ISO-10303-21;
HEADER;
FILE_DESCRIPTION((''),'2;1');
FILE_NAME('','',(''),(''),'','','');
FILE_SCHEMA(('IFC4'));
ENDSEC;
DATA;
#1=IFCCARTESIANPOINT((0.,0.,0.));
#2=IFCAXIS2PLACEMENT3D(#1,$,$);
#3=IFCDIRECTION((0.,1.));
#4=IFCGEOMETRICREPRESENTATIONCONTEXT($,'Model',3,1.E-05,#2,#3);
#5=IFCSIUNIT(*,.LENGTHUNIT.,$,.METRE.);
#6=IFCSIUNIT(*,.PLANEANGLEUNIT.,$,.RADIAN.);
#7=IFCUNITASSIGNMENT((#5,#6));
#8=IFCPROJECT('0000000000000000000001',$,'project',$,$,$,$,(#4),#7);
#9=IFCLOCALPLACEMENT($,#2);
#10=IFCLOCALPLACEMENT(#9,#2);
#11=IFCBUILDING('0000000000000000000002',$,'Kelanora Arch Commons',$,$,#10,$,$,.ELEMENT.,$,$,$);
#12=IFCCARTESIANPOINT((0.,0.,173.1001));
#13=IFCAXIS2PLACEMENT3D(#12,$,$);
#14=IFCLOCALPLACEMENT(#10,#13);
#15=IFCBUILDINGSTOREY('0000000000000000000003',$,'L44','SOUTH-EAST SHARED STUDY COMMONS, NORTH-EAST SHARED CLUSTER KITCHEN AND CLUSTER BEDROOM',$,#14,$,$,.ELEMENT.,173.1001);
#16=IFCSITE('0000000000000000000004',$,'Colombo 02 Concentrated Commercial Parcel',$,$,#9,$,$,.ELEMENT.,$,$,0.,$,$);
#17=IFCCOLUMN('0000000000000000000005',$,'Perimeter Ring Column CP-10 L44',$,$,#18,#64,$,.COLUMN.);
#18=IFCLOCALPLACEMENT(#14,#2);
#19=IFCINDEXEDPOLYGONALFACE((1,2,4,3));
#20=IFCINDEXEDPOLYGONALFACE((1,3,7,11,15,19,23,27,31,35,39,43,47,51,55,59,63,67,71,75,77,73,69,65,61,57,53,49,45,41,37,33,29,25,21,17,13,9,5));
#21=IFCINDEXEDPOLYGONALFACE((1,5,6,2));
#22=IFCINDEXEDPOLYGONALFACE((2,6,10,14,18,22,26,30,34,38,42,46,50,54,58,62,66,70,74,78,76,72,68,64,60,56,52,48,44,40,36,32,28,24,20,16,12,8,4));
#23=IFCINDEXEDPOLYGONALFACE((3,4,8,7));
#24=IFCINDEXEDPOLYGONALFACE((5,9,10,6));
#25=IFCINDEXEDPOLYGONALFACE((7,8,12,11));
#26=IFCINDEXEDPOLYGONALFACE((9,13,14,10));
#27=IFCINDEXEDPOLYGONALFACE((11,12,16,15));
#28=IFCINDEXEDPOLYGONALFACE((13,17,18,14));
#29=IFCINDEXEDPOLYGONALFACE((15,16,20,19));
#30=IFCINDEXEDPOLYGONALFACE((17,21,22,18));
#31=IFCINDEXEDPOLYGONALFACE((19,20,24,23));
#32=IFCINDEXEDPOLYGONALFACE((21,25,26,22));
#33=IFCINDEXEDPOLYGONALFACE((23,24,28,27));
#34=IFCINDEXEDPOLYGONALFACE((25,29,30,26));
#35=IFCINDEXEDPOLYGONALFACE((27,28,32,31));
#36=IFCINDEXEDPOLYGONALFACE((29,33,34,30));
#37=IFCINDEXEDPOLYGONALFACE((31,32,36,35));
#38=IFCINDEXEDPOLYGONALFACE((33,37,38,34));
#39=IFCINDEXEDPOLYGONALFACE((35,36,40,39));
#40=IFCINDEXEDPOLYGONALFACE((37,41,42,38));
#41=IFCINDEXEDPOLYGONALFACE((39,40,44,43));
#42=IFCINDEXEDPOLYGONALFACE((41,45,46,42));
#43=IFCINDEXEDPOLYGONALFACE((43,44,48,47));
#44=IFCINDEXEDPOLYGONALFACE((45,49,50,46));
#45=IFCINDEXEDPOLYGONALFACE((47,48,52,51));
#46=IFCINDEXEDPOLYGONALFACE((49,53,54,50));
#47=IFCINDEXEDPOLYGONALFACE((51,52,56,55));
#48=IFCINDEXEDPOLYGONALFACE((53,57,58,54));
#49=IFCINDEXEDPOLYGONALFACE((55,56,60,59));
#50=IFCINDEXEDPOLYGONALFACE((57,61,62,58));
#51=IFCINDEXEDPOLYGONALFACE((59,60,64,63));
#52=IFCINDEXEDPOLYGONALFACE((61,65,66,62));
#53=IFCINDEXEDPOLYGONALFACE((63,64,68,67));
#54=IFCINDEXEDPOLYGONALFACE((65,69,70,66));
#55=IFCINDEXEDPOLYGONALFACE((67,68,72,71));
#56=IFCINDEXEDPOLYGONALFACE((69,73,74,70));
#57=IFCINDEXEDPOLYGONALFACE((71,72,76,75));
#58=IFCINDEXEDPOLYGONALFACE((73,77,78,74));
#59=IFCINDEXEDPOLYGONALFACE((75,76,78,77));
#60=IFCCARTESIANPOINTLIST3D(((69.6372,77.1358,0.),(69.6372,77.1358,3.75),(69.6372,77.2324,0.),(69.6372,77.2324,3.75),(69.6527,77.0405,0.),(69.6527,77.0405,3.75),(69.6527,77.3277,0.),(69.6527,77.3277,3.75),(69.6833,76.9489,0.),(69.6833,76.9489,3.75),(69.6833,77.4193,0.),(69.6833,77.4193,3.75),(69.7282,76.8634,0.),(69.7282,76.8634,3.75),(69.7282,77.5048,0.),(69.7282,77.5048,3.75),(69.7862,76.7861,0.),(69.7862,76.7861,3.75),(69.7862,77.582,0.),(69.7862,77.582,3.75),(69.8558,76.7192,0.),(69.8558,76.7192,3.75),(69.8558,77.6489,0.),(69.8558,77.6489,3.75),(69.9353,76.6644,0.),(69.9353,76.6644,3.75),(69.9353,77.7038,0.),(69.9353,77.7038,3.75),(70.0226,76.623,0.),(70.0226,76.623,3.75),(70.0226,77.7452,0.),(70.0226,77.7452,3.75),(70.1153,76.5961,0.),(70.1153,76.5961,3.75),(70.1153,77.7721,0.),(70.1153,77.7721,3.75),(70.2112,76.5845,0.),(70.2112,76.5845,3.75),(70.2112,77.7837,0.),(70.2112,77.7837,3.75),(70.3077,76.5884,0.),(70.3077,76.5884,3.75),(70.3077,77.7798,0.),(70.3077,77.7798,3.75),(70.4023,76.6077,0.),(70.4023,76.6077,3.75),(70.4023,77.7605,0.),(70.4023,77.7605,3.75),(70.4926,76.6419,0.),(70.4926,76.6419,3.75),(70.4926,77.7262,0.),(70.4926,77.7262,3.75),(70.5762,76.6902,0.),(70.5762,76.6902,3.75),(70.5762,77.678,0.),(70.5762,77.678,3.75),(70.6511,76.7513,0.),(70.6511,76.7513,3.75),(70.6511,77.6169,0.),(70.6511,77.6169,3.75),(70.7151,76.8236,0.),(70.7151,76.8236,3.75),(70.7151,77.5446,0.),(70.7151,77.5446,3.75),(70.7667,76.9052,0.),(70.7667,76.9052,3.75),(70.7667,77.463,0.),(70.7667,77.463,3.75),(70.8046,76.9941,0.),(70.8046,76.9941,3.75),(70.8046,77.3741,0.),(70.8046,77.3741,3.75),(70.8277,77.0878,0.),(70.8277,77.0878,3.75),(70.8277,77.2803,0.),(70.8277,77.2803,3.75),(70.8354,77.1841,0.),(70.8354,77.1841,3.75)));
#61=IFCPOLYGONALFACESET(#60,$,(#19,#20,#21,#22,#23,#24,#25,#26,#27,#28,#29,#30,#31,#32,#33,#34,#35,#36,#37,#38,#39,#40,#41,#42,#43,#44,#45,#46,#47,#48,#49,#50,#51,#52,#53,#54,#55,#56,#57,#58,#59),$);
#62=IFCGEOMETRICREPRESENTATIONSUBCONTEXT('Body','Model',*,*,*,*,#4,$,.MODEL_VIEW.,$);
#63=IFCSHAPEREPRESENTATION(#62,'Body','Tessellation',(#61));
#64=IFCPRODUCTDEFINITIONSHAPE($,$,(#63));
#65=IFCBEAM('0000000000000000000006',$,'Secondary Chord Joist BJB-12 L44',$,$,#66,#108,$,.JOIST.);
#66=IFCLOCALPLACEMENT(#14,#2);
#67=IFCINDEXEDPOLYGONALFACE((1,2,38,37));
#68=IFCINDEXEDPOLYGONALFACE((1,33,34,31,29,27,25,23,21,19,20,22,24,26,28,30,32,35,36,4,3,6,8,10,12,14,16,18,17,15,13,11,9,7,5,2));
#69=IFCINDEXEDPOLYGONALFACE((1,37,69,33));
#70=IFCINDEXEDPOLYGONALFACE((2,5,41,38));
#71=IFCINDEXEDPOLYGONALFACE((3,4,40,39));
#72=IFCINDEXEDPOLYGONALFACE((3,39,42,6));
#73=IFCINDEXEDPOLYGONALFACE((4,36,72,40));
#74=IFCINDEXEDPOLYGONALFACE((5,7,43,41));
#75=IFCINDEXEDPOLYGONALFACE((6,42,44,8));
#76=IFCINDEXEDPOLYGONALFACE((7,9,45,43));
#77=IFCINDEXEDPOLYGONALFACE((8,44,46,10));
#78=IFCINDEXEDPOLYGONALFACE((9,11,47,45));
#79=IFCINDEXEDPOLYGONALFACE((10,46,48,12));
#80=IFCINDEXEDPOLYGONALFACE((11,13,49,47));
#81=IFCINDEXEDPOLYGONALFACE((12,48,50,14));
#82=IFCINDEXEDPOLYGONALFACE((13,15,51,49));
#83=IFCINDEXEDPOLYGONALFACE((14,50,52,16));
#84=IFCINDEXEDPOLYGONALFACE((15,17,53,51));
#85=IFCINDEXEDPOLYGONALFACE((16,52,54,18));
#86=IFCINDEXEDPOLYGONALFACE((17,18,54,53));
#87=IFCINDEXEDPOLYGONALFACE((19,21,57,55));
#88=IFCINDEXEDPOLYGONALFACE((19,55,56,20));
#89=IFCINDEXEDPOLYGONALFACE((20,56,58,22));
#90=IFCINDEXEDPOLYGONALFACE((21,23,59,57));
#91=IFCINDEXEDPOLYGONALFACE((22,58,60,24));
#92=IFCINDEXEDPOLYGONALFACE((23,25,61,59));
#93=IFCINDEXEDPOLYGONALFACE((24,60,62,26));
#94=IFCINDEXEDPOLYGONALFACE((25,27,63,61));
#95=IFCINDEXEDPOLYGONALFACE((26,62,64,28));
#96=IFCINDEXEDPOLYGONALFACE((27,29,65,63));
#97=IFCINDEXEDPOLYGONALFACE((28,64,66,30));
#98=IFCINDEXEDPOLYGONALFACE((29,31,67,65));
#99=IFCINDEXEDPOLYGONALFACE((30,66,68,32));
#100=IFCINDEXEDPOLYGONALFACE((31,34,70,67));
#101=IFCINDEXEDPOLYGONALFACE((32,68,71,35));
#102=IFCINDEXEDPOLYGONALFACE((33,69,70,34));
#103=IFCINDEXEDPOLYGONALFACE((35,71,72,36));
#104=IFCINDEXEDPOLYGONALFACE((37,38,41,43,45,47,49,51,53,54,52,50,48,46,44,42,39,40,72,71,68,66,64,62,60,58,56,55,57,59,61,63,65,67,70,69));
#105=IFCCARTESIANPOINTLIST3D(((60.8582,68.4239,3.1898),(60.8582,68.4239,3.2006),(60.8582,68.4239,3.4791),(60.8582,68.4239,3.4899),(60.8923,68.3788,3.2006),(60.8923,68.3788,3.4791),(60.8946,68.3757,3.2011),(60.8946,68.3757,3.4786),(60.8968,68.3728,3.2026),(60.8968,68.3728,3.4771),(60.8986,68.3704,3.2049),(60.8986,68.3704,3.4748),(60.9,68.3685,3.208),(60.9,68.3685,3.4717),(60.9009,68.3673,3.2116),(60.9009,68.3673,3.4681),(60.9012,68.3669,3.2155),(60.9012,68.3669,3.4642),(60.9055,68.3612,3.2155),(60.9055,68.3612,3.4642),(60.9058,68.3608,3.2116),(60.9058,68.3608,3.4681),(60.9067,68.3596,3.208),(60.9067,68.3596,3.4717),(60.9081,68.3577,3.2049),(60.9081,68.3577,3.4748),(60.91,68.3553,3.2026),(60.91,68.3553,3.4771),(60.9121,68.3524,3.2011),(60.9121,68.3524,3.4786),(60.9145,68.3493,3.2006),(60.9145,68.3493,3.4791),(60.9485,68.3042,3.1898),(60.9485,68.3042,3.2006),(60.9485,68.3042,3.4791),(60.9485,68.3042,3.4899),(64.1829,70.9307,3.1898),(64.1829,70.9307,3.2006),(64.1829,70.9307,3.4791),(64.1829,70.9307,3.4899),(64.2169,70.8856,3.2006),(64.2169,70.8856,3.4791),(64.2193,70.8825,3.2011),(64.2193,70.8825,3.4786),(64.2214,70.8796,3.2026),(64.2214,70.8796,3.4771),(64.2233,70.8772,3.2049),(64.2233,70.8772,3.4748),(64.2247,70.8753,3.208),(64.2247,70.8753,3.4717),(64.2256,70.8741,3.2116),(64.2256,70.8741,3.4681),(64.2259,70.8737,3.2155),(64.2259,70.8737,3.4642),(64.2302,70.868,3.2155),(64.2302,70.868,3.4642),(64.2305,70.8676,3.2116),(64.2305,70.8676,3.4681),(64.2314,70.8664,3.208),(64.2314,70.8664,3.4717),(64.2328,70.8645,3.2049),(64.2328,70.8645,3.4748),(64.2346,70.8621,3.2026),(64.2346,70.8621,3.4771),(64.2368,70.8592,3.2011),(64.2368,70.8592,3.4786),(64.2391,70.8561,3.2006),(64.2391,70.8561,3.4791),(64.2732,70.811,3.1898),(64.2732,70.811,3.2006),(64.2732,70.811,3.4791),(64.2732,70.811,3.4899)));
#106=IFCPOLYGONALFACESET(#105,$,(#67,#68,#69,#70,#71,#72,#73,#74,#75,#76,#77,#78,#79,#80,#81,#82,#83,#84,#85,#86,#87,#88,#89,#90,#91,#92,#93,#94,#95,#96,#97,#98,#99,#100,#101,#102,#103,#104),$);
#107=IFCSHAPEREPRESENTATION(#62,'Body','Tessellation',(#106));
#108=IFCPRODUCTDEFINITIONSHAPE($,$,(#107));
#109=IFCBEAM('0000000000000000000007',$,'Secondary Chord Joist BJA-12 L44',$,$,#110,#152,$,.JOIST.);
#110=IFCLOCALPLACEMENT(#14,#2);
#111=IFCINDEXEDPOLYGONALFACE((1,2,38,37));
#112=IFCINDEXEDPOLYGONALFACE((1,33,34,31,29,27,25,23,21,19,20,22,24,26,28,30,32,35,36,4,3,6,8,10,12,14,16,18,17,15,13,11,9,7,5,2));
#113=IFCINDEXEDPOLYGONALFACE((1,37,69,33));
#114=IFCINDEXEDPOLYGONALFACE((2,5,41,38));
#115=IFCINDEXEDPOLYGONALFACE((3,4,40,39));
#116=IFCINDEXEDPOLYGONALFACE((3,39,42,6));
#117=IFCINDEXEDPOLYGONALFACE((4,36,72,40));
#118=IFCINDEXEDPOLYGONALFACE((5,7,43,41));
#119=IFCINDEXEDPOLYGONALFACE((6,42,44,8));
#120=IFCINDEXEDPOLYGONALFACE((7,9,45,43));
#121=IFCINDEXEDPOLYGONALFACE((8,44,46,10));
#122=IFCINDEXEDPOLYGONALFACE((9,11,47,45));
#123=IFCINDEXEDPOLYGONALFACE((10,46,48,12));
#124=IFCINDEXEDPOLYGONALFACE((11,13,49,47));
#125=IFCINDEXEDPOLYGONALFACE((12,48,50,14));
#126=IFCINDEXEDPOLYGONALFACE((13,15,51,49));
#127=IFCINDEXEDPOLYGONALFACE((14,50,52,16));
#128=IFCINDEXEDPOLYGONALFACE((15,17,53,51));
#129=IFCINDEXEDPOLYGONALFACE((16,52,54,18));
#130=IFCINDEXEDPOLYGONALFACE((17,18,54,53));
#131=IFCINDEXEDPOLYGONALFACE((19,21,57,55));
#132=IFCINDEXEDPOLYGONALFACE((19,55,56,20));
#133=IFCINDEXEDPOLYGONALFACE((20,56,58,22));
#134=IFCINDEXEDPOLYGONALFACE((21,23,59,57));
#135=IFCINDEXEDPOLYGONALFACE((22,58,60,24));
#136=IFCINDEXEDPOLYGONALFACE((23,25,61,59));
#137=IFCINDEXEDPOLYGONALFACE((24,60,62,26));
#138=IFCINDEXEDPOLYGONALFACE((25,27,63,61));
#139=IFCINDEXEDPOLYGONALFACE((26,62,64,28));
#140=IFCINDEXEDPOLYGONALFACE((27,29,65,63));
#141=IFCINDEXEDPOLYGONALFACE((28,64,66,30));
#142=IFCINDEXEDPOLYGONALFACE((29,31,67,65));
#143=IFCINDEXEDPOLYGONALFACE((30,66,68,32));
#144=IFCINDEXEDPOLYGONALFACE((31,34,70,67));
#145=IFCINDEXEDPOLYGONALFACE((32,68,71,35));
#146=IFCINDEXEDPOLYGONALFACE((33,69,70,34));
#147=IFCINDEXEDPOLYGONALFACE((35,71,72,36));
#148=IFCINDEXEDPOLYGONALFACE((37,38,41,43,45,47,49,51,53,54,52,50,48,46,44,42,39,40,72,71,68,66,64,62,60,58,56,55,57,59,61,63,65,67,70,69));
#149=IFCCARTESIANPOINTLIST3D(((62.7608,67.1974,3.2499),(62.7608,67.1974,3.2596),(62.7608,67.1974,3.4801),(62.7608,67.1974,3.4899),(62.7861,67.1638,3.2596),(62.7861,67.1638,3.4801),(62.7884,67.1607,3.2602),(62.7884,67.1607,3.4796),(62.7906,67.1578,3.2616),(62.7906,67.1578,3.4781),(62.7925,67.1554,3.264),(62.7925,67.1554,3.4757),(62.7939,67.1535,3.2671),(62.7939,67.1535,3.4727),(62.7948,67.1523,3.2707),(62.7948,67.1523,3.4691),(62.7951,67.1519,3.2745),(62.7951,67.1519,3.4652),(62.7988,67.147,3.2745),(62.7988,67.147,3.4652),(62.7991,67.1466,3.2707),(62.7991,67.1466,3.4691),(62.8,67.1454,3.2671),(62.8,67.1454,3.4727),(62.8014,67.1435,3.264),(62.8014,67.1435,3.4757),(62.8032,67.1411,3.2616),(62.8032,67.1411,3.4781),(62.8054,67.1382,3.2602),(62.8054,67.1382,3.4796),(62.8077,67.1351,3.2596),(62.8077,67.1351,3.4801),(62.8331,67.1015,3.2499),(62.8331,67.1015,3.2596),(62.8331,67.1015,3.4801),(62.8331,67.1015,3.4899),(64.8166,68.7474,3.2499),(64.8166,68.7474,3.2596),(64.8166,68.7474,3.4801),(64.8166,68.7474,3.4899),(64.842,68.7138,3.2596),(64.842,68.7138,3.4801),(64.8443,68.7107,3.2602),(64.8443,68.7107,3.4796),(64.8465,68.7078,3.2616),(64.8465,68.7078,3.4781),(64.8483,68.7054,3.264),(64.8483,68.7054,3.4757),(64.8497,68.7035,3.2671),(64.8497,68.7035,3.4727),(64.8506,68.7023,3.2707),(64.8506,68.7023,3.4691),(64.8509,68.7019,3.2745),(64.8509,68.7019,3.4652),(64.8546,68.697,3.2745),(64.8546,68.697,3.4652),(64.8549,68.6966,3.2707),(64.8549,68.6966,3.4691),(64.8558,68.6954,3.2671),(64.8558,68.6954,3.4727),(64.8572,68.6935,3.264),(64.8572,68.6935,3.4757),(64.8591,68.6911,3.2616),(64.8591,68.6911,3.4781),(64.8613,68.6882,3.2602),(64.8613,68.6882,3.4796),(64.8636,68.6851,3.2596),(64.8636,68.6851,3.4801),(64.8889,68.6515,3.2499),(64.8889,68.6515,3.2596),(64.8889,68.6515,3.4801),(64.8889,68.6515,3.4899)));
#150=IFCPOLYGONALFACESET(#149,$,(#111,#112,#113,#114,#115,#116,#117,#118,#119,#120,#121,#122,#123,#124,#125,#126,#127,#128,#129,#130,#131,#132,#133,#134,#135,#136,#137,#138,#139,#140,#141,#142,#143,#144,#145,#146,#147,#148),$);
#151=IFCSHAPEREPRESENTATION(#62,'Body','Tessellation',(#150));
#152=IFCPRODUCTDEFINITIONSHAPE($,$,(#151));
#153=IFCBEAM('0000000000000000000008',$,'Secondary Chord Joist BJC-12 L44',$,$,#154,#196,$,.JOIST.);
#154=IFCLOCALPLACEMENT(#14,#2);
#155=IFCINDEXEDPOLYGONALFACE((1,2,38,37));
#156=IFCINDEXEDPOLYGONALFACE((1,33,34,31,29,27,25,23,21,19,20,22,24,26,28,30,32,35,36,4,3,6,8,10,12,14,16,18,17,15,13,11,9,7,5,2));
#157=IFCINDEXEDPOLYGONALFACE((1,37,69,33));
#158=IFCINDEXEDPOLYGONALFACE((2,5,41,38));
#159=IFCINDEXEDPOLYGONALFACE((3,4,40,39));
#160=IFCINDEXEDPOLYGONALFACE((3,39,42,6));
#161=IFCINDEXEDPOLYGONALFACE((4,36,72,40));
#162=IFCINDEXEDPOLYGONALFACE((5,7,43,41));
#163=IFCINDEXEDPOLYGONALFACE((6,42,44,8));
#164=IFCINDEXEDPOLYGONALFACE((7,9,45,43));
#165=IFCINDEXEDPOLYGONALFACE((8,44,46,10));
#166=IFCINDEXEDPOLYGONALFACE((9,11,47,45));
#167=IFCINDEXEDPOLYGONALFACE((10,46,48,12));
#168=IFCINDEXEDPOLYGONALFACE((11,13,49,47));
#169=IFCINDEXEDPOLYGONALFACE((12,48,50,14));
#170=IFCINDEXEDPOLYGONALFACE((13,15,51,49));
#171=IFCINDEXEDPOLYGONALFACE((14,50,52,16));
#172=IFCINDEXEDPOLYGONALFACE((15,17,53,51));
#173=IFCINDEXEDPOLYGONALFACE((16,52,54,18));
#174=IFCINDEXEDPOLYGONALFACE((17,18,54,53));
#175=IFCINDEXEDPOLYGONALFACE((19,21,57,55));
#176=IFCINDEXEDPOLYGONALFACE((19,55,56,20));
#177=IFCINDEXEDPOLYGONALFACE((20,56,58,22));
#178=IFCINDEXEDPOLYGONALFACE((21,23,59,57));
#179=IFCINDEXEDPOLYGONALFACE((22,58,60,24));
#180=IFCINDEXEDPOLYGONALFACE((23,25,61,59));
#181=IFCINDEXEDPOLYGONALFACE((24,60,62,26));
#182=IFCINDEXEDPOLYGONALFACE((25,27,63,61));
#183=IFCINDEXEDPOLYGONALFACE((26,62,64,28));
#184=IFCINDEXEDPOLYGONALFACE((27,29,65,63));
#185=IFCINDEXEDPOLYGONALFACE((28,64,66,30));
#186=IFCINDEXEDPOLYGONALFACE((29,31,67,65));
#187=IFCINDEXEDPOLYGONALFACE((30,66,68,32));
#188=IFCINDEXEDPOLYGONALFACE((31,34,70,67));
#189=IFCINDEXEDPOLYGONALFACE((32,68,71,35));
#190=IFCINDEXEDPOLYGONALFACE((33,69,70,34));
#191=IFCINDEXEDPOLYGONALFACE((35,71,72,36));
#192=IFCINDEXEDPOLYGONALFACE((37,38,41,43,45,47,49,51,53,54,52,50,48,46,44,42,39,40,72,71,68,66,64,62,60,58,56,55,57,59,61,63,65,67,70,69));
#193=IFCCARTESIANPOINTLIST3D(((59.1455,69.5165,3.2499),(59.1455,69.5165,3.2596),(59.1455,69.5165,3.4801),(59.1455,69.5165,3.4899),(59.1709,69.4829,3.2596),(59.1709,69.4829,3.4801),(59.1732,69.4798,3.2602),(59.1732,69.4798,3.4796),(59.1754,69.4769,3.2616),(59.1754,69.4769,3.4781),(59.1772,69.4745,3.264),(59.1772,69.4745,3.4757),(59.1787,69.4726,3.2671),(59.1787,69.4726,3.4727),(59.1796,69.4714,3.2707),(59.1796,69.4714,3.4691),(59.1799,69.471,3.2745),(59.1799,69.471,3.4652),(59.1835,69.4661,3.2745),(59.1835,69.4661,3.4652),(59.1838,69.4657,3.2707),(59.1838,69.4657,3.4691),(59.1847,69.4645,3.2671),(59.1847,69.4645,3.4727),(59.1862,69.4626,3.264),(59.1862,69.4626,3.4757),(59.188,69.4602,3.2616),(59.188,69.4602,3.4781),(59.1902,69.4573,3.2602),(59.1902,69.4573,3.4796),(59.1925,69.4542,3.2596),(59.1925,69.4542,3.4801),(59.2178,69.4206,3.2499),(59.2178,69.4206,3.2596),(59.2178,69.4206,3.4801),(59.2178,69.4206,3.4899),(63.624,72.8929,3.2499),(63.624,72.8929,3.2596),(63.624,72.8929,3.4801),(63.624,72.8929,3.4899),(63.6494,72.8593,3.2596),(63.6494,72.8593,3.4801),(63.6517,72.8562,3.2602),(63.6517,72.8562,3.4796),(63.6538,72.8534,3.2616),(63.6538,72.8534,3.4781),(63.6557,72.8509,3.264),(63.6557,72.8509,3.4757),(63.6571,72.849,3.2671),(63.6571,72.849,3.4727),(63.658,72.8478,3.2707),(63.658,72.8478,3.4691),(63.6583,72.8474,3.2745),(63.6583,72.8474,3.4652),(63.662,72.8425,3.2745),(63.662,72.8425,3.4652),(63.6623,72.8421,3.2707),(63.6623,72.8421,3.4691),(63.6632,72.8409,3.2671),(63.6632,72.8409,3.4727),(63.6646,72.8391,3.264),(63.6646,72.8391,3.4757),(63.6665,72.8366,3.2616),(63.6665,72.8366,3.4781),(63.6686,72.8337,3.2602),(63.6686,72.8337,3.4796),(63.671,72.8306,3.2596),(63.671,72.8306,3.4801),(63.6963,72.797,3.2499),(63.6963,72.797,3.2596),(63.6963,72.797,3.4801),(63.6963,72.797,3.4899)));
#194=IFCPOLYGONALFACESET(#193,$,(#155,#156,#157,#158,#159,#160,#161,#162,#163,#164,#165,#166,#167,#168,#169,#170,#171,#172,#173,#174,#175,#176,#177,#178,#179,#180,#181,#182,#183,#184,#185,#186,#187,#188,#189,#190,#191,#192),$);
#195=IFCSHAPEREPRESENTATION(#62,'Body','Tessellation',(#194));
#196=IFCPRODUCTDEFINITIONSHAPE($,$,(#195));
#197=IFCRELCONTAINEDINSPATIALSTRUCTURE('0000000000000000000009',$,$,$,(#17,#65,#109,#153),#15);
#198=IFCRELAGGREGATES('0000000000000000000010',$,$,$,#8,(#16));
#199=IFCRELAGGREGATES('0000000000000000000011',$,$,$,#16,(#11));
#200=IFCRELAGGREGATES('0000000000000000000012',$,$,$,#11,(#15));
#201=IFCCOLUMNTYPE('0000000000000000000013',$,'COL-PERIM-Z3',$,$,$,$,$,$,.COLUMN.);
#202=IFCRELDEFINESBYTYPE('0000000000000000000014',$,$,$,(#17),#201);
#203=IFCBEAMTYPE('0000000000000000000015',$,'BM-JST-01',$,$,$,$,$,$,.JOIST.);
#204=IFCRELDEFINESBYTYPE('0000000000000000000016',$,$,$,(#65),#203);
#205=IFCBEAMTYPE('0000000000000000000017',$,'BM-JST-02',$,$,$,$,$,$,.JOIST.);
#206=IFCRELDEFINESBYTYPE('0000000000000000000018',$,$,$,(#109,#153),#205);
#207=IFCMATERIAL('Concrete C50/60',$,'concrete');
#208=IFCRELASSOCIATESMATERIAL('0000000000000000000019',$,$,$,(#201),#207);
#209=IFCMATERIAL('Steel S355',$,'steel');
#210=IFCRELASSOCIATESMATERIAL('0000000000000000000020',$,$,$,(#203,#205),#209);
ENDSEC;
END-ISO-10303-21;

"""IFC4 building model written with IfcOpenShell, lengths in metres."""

from ifc_helpers import new_model, si_unit, direction, frame, origin, origin_2d, place, context, subcontext, project, spatial, circle, i_section, extrude, material, material_profile, profile_set, type_object, element, save


model = new_model("IFC4")

# Units and contexts
model_context = context("Model", 3, precision=1e-05, world=origin(), true_north=direction((0.0, 1.0)))
body_context = subcontext(model_context, "Body", "Model", "MODEL_VIEW")
ifc_project = project(units=[si_unit("LENGTHUNIT", "METRE"), si_unit("PLANEANGLEUNIT", "RADIAN")], contexts=[model_context])

# Site, building, storey
site_placement = place(None, origin())
site = spatial("IfcSite", under=ifc_project, at=site_placement, Name="Colombo 02 Concentrated Commercial Parcel", CompositionType="ELEMENT", RefElevation=0.0)
building_placement = place(site_placement, origin())
building = spatial("IfcBuilding", under=site, at=building_placement, Name="Kelanora Arch Commons", CompositionType="ELEMENT")
storey_placement = place(building_placement, frame((0.0, 0.0, 173.1001)))
storey = spatial("IfcBuildingStorey", under=building, at=storey_placement, Name="L44", Description="SOUTH-EAST SHARED STUDY COMMONS, NORTH-EAST SHARED CLUSTER KITCHEN AND CLUSTER BEDROOM", CompositionType="ELEMENT", Elevation=173.1001)

# Column
ifc_material_1 = material(Name="Concrete C50/60", Category="concrete")
ifc_material_profile_1 = material_profile(ifc_material_1, circle(Radius=0.6001, at=origin_2d()), Name="RCC1200")
ifc_profile_set_1 = profile_set([ifc_material_profile_1], Name="Concrete C50/60")
column_type = type_object("IfcColumnType", Name="COL-PERIM-Z3", PredefinedType="COLUMN", material=ifc_profile_set_1)
column_placement = place(storey_placement, frame((70.2354, 77.1841, 0.0), z_axis=(0.0, 0.0, 1.0), x_axis=(1.0, 0.0, 0.0)))
element("IfcColumn", 1, at=column_placement, inside=storey, type_object=column_type, Name="Perimeter Ring Column CP-10 L44", PredefinedType="COLUMN", context=body_context, shape_type="SweptSolid", body=[
    extrude(circle(Radius=0.6001, at=origin_2d()), origin(), (0.0, 0.0, 1.0), 3.75),
])

# Beams
ifc_material_2 = material(Name="Steel S355", Category="steel")
ifc_material_profile_2 = material_profile(ifc_material_2, i_section(OverallWidth=0.1499, OverallDepth=0.3, WebThickness=0.0071, FlangeThickness=0.0107, FilletRadius=0.0149, at=origin_2d()), Name="IPE300")
ifc_profile_set_2 = profile_set([ifc_material_profile_2], Name="Steel S355")
beam_type_1 = type_object("IfcBeamType", Name="BM-JST-01", PredefinedType="JOIST", material=ifc_profile_set_2)
beam_1_placement = place(storey_placement, frame((64.228, 70.8708, 3.3398), z_axis=(-0.798464, -0.602043, 0.0), x_axis=(0.602043, -0.798464, 0.0)))
element("IfcBeam", 2, at=beam_1_placement, inside=storey, type_object=beam_type_1, Name="Secondary Chord Joist BJB-12 L44", PredefinedType="JOIST", context=body_context, shape_type="SweptSolid", body=[
    extrude(i_section(OverallWidth=0.1499, OverallDepth=0.3, WebThickness=0.0071, FlangeThickness=0.0107, FilletRadius=0.0149, at=origin_2d()), origin(), (0.0, 0.0, 1.0), 4.1638),
])
ifc_material_profile_3 = material_profile(ifc_material_2, i_section(OverallWidth=0.1201, OverallDepth=0.24, WebThickness=0.0061, FlangeThickness=0.0098, FilletRadius=0.0149, at=origin_2d()), Name="IPE240")
ifc_profile_set_3 = profile_set([ifc_material_profile_3], Name="Steel S355")
beam_type_2 = type_object("IfcBeamType", Name="BM-JST-02", PredefinedType="JOIST", material=ifc_profile_set_3)
beam_2_placement = place(storey_placement, frame((64.8528, 68.6995, 3.3699), z_axis=(-0.798484, -0.602016, 0.0), x_axis=(0.602016, -0.798484, 0.0)))
element("IfcBeam", 3, at=beam_2_placement, inside=storey, type_object=beam_type_2, Name="Secondary Chord Joist BJA-12 L44", PredefinedType="JOIST", context=body_context, shape_type="SweptSolid", body=[
    extrude(i_section(OverallWidth=0.1201, OverallDepth=0.24, WebThickness=0.0061, FlangeThickness=0.0098, FilletRadius=0.0149, at=origin_2d()), origin(), (0.0, 0.0, 1.0), 2.5747),
])
beam_3_placement = place(storey_placement, frame((63.6602, 72.845, 3.3699), z_axis=(-0.798493, -0.602004, 0.0), x_axis=(0.602004, -0.798493, 0.0)))
element("IfcBeam", 4, at=beam_3_placement, inside=storey, type_object=beam_type_2, Name="Secondary Chord Joist BJC-12 L44", PredefinedType="JOIST", context=body_context, shape_type="SweptSolid", body=[
    extrude(i_section(OverallWidth=0.1201, OverallDepth=0.24, WebThickness=0.0061, FlangeThickness=0.0098, FilletRadius=0.0149, at=origin_2d()), origin(), (0.0, 0.0, 1.0), 5.6086),
])

save(model, "model.ifc")
